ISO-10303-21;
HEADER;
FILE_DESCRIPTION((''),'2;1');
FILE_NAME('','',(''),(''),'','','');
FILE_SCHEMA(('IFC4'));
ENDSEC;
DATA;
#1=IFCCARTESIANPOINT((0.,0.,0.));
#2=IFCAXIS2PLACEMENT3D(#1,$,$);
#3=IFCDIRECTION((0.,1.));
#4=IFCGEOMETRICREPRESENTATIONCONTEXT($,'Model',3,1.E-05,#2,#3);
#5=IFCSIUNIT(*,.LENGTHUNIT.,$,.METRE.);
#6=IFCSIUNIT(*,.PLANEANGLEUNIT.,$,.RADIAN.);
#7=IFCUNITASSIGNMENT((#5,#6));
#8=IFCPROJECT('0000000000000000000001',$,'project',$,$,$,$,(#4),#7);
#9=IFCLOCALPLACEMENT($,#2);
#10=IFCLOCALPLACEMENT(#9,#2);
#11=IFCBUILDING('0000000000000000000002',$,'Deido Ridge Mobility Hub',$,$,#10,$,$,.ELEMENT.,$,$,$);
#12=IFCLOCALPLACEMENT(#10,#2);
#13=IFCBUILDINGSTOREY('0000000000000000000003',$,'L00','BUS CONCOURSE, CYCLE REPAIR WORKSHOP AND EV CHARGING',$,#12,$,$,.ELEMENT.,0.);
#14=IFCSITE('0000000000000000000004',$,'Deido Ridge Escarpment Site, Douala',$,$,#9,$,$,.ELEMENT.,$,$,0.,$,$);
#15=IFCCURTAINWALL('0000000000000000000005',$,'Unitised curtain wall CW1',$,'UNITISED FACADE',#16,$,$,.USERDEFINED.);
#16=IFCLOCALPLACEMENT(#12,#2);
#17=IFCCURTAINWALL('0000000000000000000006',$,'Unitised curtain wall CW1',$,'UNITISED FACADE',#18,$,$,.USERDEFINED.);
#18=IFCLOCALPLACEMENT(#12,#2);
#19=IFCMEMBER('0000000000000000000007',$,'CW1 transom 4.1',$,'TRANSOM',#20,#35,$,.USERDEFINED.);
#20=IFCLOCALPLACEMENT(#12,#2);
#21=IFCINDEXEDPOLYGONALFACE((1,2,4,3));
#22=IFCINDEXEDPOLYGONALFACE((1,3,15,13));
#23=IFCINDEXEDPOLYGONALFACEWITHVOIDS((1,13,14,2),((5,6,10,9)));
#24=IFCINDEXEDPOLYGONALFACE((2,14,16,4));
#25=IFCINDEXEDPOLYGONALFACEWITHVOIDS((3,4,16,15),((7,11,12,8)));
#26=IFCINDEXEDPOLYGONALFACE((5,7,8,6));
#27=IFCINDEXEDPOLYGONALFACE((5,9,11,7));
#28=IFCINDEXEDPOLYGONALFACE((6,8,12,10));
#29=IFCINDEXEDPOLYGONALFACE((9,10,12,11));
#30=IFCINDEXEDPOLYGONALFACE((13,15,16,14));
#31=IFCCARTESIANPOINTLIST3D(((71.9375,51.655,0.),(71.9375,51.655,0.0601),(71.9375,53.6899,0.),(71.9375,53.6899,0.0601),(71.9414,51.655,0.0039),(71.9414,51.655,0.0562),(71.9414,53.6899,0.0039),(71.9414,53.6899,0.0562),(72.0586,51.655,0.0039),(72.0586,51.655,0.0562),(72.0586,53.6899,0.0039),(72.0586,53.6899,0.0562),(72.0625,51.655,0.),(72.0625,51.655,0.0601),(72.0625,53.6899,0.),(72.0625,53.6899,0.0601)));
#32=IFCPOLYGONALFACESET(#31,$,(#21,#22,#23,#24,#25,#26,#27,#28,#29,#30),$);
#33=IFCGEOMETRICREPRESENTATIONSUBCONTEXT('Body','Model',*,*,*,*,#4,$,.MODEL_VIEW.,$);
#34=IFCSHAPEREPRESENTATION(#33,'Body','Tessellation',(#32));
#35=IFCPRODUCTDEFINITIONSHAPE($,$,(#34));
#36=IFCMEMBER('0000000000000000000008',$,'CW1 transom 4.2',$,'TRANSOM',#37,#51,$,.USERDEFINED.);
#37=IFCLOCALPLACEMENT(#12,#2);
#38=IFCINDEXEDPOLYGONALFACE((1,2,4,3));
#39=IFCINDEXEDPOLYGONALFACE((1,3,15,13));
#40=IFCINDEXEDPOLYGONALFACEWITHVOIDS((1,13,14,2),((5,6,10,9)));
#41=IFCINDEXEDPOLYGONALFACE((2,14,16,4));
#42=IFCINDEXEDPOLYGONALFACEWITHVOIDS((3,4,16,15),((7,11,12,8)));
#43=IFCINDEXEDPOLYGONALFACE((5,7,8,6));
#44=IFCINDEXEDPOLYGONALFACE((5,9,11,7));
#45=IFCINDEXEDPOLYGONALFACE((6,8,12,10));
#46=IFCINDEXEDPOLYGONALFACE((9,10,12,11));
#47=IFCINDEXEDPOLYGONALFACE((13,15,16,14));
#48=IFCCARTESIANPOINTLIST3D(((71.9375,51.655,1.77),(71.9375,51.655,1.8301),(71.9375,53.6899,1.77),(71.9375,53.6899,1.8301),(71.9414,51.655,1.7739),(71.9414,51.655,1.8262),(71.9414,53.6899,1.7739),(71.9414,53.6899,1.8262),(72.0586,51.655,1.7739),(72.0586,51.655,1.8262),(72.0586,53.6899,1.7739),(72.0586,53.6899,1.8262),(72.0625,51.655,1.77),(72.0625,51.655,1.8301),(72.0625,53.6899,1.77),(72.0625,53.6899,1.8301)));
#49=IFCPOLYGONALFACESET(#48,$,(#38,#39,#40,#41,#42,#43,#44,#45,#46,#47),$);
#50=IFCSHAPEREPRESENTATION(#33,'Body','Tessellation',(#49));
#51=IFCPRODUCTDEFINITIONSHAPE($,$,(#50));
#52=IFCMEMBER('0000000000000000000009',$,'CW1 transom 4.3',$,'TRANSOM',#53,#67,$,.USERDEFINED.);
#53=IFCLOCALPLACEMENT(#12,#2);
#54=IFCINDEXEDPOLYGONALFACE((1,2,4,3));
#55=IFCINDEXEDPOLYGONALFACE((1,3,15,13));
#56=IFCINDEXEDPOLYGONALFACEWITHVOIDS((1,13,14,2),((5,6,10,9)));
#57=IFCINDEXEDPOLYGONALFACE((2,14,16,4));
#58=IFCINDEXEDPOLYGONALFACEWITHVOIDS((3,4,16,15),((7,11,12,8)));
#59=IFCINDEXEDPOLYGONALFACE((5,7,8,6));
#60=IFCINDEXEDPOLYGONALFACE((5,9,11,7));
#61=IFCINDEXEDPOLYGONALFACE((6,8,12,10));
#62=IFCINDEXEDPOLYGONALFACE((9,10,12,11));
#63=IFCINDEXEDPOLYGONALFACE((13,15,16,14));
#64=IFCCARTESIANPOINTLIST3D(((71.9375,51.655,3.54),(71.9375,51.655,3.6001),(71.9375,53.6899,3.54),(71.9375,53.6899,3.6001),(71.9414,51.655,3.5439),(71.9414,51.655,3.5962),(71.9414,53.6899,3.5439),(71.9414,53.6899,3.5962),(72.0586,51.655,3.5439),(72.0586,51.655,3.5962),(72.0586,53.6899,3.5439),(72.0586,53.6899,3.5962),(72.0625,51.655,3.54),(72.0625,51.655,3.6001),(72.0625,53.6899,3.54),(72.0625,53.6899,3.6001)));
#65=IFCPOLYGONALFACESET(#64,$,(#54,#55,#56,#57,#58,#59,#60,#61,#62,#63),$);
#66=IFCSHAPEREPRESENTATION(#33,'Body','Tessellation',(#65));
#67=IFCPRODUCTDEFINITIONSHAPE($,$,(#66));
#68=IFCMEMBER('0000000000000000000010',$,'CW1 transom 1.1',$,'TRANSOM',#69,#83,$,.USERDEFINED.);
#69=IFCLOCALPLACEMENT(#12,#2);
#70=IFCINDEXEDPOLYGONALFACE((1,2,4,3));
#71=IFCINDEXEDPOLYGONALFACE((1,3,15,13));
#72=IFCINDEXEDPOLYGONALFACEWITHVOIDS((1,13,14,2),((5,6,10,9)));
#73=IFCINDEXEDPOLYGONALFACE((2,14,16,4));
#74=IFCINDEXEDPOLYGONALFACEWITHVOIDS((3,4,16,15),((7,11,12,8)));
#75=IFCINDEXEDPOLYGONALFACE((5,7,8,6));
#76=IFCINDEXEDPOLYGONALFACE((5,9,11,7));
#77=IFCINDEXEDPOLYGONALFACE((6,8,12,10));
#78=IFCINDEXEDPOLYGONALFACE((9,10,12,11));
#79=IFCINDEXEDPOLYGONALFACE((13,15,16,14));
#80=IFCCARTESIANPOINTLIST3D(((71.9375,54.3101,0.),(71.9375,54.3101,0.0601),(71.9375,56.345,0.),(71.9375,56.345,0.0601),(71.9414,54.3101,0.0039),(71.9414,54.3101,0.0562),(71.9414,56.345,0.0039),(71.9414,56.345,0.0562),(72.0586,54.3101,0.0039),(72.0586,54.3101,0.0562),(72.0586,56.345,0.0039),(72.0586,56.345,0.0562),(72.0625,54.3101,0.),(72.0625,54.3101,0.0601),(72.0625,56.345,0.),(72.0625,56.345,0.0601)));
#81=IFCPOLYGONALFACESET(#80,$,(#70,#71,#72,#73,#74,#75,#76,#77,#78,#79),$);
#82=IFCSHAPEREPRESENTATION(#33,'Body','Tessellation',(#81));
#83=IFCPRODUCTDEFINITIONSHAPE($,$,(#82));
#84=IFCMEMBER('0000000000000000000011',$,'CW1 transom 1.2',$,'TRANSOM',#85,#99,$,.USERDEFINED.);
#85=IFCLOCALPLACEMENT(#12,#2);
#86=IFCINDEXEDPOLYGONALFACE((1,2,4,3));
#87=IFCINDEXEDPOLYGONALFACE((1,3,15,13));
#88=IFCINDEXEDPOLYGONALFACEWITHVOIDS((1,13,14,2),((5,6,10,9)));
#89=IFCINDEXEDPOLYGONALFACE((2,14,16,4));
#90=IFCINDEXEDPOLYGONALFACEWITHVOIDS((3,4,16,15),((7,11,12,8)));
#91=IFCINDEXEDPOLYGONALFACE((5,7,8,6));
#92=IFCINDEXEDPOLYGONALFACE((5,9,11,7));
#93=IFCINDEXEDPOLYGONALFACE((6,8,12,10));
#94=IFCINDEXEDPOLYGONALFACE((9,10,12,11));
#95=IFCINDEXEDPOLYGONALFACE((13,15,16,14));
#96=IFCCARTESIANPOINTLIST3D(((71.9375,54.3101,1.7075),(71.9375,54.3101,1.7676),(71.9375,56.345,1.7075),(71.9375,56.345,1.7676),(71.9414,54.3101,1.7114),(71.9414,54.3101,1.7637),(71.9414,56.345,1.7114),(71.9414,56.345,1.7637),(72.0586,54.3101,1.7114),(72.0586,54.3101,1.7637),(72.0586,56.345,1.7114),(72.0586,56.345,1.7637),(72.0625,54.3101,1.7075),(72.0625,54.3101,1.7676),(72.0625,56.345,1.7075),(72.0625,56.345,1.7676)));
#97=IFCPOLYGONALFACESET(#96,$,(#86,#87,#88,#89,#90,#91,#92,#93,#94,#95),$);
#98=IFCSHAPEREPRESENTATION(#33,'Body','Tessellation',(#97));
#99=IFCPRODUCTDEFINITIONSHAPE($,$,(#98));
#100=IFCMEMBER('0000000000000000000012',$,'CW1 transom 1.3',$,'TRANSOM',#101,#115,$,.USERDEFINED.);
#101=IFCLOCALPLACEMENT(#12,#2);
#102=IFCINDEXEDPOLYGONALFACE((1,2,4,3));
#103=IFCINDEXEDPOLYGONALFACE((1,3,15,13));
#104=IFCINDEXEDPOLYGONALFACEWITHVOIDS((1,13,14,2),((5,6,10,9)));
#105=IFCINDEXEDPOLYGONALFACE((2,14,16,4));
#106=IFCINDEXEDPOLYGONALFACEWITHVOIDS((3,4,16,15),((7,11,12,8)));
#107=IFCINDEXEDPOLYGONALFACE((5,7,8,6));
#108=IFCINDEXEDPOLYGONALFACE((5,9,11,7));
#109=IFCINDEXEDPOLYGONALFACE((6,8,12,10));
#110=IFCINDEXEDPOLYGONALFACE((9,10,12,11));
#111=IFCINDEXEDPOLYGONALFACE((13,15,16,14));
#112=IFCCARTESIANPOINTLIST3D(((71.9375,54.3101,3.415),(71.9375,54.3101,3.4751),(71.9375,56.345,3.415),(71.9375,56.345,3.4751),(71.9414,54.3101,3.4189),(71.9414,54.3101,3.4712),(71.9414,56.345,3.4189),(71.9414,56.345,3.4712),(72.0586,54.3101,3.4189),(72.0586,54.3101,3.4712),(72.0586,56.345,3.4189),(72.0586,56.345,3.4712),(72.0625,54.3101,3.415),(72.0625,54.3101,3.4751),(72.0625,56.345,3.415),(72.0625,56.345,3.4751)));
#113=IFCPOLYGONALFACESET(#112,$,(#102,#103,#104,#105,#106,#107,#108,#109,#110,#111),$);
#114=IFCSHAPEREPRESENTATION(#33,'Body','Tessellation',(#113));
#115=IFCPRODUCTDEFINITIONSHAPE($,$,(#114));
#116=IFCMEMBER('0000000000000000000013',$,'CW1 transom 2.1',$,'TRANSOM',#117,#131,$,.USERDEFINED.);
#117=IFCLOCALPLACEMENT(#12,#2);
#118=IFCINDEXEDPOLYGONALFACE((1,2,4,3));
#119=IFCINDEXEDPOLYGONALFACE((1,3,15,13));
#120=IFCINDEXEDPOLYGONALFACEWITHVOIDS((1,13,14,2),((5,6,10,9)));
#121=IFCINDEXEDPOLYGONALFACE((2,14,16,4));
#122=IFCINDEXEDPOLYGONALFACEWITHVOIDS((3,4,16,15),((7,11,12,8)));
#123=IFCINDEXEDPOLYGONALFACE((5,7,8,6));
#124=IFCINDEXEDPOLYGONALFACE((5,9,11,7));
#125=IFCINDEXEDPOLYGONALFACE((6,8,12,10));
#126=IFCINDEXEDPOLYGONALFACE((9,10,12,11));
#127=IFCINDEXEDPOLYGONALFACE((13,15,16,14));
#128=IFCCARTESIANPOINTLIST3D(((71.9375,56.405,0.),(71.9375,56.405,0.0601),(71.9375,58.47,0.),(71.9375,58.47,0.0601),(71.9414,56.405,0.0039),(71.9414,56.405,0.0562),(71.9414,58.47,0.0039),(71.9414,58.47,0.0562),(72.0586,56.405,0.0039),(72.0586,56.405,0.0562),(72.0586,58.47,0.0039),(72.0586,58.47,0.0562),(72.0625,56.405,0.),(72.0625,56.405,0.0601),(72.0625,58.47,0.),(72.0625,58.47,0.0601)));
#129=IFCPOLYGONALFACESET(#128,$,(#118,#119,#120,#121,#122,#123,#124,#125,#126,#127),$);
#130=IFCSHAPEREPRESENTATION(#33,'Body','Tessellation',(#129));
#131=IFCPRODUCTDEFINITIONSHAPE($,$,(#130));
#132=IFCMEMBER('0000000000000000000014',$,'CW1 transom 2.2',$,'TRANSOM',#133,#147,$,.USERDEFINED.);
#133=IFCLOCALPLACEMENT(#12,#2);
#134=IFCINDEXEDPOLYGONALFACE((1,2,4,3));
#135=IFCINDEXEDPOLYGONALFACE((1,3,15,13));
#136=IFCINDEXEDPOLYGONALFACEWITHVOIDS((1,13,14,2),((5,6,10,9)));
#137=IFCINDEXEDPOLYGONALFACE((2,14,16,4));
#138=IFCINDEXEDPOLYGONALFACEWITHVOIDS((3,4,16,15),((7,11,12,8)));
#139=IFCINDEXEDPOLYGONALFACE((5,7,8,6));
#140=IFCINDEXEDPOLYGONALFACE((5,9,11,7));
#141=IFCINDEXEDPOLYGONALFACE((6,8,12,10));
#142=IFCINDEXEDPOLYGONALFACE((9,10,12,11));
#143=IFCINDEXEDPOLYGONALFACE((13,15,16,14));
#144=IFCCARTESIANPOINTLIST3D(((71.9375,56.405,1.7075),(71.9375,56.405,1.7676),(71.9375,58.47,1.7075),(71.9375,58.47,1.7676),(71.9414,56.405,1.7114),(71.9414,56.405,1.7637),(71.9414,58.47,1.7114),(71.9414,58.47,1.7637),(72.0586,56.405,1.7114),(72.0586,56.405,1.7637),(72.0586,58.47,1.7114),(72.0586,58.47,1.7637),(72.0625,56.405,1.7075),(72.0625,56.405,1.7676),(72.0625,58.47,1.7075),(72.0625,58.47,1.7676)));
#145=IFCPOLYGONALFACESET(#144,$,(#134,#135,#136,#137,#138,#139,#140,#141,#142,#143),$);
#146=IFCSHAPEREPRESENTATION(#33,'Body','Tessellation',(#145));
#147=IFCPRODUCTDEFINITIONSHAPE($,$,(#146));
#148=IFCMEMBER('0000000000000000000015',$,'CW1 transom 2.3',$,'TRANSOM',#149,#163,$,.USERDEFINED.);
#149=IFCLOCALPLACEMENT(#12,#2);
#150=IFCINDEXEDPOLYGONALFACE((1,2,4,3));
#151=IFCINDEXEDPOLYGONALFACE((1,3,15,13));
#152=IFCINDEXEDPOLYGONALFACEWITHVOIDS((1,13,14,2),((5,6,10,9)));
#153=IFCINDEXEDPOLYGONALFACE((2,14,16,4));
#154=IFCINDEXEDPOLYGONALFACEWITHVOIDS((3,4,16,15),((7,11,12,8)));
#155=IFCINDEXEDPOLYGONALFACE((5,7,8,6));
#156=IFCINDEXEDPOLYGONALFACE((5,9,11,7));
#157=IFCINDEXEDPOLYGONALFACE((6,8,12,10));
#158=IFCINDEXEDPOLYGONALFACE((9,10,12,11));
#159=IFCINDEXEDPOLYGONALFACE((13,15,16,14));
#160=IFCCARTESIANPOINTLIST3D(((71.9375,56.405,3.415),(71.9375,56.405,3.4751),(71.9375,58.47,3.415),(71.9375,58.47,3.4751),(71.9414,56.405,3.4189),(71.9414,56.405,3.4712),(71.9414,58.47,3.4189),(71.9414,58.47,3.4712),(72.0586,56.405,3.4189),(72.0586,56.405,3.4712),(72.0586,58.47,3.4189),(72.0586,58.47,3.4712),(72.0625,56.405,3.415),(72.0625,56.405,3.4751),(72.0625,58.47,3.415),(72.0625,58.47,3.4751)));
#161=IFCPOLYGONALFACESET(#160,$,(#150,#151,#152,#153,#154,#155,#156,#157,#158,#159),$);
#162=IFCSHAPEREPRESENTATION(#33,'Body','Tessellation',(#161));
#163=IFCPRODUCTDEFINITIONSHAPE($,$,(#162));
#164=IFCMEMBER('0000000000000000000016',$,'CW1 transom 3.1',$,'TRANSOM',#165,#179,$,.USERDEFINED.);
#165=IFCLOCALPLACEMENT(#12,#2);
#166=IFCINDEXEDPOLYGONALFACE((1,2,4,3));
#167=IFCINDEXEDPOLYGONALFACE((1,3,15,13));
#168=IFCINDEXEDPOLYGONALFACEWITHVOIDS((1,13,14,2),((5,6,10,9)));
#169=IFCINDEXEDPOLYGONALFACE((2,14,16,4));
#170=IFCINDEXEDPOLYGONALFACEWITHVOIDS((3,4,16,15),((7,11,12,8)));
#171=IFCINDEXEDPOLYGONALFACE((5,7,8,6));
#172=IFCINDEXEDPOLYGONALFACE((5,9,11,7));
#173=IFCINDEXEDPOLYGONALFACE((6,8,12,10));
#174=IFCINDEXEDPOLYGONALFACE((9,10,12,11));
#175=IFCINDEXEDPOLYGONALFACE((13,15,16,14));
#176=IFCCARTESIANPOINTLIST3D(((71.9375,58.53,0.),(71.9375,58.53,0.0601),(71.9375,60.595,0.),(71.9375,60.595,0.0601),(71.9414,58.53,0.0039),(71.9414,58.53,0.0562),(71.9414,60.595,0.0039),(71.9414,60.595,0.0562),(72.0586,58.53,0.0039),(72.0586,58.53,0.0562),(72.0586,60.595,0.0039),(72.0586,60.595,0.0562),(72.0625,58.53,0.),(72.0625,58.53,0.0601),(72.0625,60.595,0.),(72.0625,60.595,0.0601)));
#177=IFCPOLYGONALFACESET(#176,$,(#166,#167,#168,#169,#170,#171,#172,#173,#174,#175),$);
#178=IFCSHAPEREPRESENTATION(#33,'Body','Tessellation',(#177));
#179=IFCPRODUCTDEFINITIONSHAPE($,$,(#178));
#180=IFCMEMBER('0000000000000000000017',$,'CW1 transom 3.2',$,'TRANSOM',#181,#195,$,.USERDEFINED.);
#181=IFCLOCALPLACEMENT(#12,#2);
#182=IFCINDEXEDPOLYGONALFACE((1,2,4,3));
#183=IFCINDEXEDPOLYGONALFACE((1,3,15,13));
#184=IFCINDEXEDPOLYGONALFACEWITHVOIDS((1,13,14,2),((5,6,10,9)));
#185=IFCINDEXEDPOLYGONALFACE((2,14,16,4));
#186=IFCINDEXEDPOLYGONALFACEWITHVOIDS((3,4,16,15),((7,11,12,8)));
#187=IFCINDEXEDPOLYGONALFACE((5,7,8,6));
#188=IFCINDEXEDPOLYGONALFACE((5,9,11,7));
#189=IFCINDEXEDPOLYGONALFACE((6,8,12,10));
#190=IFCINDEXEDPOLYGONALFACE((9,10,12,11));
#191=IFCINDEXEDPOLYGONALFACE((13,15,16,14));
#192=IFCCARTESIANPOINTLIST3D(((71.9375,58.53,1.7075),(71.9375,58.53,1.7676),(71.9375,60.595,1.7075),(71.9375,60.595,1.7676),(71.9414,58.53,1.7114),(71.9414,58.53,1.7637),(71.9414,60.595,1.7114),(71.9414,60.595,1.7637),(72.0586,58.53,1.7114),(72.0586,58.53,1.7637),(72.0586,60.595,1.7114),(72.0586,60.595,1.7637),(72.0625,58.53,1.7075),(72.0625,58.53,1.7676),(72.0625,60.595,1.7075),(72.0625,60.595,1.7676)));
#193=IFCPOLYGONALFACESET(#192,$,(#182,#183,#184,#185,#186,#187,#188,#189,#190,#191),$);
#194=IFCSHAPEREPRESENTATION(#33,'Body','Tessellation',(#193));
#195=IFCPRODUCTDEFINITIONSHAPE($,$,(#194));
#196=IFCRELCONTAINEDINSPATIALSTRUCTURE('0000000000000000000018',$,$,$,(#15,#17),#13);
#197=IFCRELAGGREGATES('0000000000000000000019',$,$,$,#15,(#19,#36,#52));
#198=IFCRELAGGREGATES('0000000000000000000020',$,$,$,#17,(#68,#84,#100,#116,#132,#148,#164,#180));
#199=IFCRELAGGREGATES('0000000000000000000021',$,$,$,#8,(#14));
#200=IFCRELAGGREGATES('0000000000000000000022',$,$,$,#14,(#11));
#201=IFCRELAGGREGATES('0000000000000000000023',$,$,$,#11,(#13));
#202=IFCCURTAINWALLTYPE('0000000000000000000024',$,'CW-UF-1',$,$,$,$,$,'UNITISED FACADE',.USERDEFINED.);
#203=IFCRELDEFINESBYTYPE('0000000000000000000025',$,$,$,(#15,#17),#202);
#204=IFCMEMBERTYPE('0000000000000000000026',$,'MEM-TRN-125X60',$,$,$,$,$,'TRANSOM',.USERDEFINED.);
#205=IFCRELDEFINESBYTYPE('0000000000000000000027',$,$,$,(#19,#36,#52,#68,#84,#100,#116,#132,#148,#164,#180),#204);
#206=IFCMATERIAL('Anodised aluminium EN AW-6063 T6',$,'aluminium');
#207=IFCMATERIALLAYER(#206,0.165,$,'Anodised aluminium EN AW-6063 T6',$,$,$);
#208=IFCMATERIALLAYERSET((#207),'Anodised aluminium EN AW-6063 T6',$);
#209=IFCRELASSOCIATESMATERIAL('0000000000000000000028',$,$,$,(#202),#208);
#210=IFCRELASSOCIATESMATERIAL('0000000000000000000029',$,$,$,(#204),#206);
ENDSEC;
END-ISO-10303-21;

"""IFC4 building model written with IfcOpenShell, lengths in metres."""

from ifc_helpers import new_model, si_unit, direction, frame, origin, origin_2d, place, context, subcontext, project, spatial, hollow_rectangle, extrude, material, layer, layer_set, material_profile, profile_set, type_object, element, aggregate, save


model = new_model("IFC4")

# Units and contexts
model_context = context("Model", 3, precision=1e-05, world=origin(), true_north=direction((0.0, 1.0)))
body_context = subcontext(model_context, "Body", "Model", "MODEL_VIEW")
ifc_project = project(units=[si_unit("LENGTHUNIT", "METRE"), si_unit("PLANEANGLEUNIT", "RADIAN")], contexts=[model_context])

# Site, building, storey
site_placement = place(None, origin())
site = spatial("IfcSite", under=ifc_project, at=site_placement, Name="Deido Ridge Escarpment Site, Douala", CompositionType="ELEMENT", RefElevation=0.0)
building_placement = place(site_placement, origin())
building = spatial("IfcBuilding", under=site, at=building_placement, Name="Deido Ridge Mobility Hub", CompositionType="ELEMENT")
storey_placement = place(building_placement, origin())
storey = spatial("IfcBuildingStorey", under=building, at=storey_placement, Name="L00", Description="BUS CONCOURSE, CYCLE REPAIR WORKSHOP AND EV CHARGING", CompositionType="ELEMENT", Elevation=0.0)

# Curtain walls
ifc_material_1 = material(Name="Anodised aluminium EN AW-6063 T6", Category="aluminium")
ifc_layer_1 = layer(ifc_material_1, 0.165, Name="Anodised aluminium EN AW-6063 T6")
ifc_layer_set_1 = layer_set([ifc_layer_1], Name="Anodised aluminium EN AW-6063 T6")
curtain_wall_type = type_object("IfcCurtainWallType", Name="CW-UF-1", ElementType="UNITISED FACADE", PredefinedType="USERDEFINED", material=ifc_layer_set_1)
curtain_wall_1_placement = place(storey_placement, origin())
curtain_wall_1 = element("IfcCurtainWall", 1, at=curtain_wall_1_placement, inside=storey, type_object=curtain_wall_type, Name="Unitised curtain wall CW1", ObjectType="UNITISED FACADE", PredefinedType="USERDEFINED")
curtain_wall_2_placement = place(storey_placement, origin())
curtain_wall_2 = element("IfcCurtainWall", 2, at=curtain_wall_2_placement, inside=storey, type_object=curtain_wall_type, Name="Unitised curtain wall CW1", ObjectType="UNITISED FACADE", PredefinedType="USERDEFINED")

# Members
ifc_material_profile_1 = material_profile(ifc_material_1, hollow_rectangle(XDim=0.125, YDim=0.0601, WallThickness=0.0039, at=origin_2d()), Name="RHS 125x60x4")
ifc_profile_set_1 = profile_set([ifc_material_profile_1], Name="Anodised aluminium EN AW-6063 T6")
member_type_1 = type_object("IfcMemberType", Name="MEM-TRN-125X60", ElementType="TRANSOM", PredefinedType="USERDEFINED", material=ifc_profile_set_1)
member_1_placement = place(storey_placement, frame((72.0, 51.655, 0.03), z_axis=(0.0, 1.0, 0.0), x_axis=(-1.0, 0.0, 0.0)))
member_1 = element("IfcMember", 3, at=member_1_placement, type_object=member_type_1, Name="CW1 transom 4.1", ObjectType="TRANSOM", PredefinedType="USERDEFINED", context=body_context, shape_type="SweptSolid", body=[
    extrude(hollow_rectangle(XDim=0.125, YDim=0.0601, WallThickness=0.0039, at=origin_2d()), origin(), (0.0, 0.0, 1.0), 2.0349),
])
member_2_placement = place(storey_placement, frame((72.0, 51.655, 1.8), z_axis=(0.0, 1.0, 0.0), x_axis=(-1.0, 0.0, 0.0)))
member_2 = element("IfcMember", 4, at=member_2_placement, type_object=member_type_1, Name="CW1 transom 4.2", ObjectType="TRANSOM", PredefinedType="USERDEFINED", context=body_context, shape_type="SweptSolid", body=[
    extrude(hollow_rectangle(XDim=0.125, YDim=0.0601, WallThickness=0.0039, at=origin_2d()), origin(), (0.0, 0.0, 1.0), 2.0349),
])
member_3_placement = place(storey_placement, frame((72.0, 51.655, 3.5701), z_axis=(0.0, 1.0, 0.0), x_axis=(-1.0, 0.0, 0.0)))
member_3 = element("IfcMember", 5, at=member_3_placement, type_object=member_type_1, Name="CW1 transom 4.3", ObjectType="TRANSOM", PredefinedType="USERDEFINED", context=body_context, shape_type="SweptSolid", body=[
    extrude(hollow_rectangle(XDim=0.125, YDim=0.0601, WallThickness=0.0039, at=origin_2d()), origin(), (0.0, 0.0, 1.0), 2.0349),
])
member_4_placement = place(storey_placement, frame((72.0, 54.3101, 0.03), z_axis=(0.0, 1.0, 0.0), x_axis=(-1.0, 0.0, 0.0)))
member_4 = element("IfcMember", 6, at=member_4_placement, type_object=member_type_1, Name="CW1 transom 1.1", ObjectType="TRANSOM", PredefinedType="USERDEFINED", context=body_context, shape_type="SweptSolid", body=[
    extrude(hollow_rectangle(XDim=0.125, YDim=0.0601, WallThickness=0.0039, at=origin_2d()), origin(), (0.0, 0.0, 1.0), 2.0349),
])
member_5_placement = place(storey_placement, frame((72.0, 54.3101, 1.7375), z_axis=(0.0, 1.0, 0.0), x_axis=(-1.0, 0.0, 0.0)))
member_5 = element("IfcMember", 7, at=member_5_placement, type_object=member_type_1, Name="CW1 transom 1.2", ObjectType="TRANSOM", PredefinedType="USERDEFINED", context=body_context, shape_type="SweptSolid", body=[
    extrude(hollow_rectangle(XDim=0.125, YDim=0.0601, WallThickness=0.0039, at=origin_2d()), origin(), (0.0, 0.0, 1.0), 2.0349),
])
member_6_placement = place(storey_placement, frame((72.0, 54.3101, 3.4451), z_axis=(0.0, 1.0, 0.0), x_axis=(-1.0, 0.0, 0.0)))
member_6 = element("IfcMember", 8, at=member_6_placement, type_object=member_type_1, Name="CW1 transom 1.3", ObjectType="TRANSOM", PredefinedType="USERDEFINED", context=body_context, shape_type="SweptSolid", body=[
    extrude(hollow_rectangle(XDim=0.125, YDim=0.0601, WallThickness=0.0039, at=origin_2d()), origin(), (0.0, 0.0, 1.0), 2.0349),
])
member_7_placement = place(storey_placement, frame((72.0, 56.405, 0.03), z_axis=(0.0, 1.0, 0.0), x_axis=(-1.0, 0.0, 0.0)))
member_7 = element("IfcMember", 9, at=member_7_placement, type_object=member_type_1, Name="CW1 transom 2.1", ObjectType="TRANSOM", PredefinedType="USERDEFINED", context=body_context, shape_type="SweptSolid", body=[
    extrude(hollow_rectangle(XDim=0.125, YDim=0.0601, WallThickness=0.0039, at=origin_2d()), origin(), (0.0, 0.0, 1.0), 2.0649),
])
member_8_placement = place(storey_placement, frame((72.0, 56.405, 1.7375), z_axis=(0.0, 1.0, 0.0), x_axis=(-1.0, 0.0, 0.0)))
member_8 = element("IfcMember", 10, at=member_8_placement, type_object=member_type_1, Name="CW1 transom 2.2", ObjectType="TRANSOM", PredefinedType="USERDEFINED", context=body_context, shape_type="SweptSolid", body=[
    extrude(hollow_rectangle(XDim=0.125, YDim=0.0601, WallThickness=0.0039, at=origin_2d()), origin(), (0.0, 0.0, 1.0), 2.0649),
])
member_9_placement = place(storey_placement, frame((72.0, 56.405, 3.4451), z_axis=(0.0, 1.0, 0.0), x_axis=(-1.0, 0.0, 0.0)))
member_9 = element("IfcMember", 11, at=member_9_placement, type_object=member_type_1, Name="CW1 transom 2.3", ObjectType="TRANSOM", PredefinedType="USERDEFINED", context=body_context, shape_type="SweptSolid", body=[
    extrude(hollow_rectangle(XDim=0.125, YDim=0.0601, WallThickness=0.0039, at=origin_2d()), origin(), (0.0, 0.0, 1.0), 2.0649),
])
member_10_placement = place(storey_placement, frame((72.0, 58.53, 0.03), z_axis=(0.0, 1.0, 0.0), x_axis=(-1.0, 0.0, 0.0)))
member_10 = element("IfcMember", 12, at=member_10_placement, type_object=member_type_1, Name="CW1 transom 3.1", ObjectType="TRANSOM", PredefinedType="USERDEFINED", context=body_context, shape_type="SweptSolid", body=[
    extrude(hollow_rectangle(XDim=0.125, YDim=0.0601, WallThickness=0.0039, at=origin_2d()), origin(), (0.0, 0.0, 1.0), 2.0649),
])
member_11_placement = place(storey_placement, frame((72.0, 58.53, 1.7375), z_axis=(0.0, 1.0, 0.0), x_axis=(-1.0, 0.0, 0.0)))
member_11 = element("IfcMember", 13, at=member_11_placement, type_object=member_type_1, Name="CW1 transom 3.2", ObjectType="TRANSOM", PredefinedType="USERDEFINED", context=body_context, shape_type="SweptSolid", body=[
    extrude(hollow_rectangle(XDim=0.125, YDim=0.0601, WallThickness=0.0039, at=origin_2d()), origin(), (0.0, 0.0, 1.0), 2.0649),
])

aggregate(curtain_wall_1, [member_1, member_2, member_3])
aggregate(curtain_wall_2, [member_4, member_5, member_6, member_7, member_8, member_9, member_10, member_11])

save(model, "model.ifc")
